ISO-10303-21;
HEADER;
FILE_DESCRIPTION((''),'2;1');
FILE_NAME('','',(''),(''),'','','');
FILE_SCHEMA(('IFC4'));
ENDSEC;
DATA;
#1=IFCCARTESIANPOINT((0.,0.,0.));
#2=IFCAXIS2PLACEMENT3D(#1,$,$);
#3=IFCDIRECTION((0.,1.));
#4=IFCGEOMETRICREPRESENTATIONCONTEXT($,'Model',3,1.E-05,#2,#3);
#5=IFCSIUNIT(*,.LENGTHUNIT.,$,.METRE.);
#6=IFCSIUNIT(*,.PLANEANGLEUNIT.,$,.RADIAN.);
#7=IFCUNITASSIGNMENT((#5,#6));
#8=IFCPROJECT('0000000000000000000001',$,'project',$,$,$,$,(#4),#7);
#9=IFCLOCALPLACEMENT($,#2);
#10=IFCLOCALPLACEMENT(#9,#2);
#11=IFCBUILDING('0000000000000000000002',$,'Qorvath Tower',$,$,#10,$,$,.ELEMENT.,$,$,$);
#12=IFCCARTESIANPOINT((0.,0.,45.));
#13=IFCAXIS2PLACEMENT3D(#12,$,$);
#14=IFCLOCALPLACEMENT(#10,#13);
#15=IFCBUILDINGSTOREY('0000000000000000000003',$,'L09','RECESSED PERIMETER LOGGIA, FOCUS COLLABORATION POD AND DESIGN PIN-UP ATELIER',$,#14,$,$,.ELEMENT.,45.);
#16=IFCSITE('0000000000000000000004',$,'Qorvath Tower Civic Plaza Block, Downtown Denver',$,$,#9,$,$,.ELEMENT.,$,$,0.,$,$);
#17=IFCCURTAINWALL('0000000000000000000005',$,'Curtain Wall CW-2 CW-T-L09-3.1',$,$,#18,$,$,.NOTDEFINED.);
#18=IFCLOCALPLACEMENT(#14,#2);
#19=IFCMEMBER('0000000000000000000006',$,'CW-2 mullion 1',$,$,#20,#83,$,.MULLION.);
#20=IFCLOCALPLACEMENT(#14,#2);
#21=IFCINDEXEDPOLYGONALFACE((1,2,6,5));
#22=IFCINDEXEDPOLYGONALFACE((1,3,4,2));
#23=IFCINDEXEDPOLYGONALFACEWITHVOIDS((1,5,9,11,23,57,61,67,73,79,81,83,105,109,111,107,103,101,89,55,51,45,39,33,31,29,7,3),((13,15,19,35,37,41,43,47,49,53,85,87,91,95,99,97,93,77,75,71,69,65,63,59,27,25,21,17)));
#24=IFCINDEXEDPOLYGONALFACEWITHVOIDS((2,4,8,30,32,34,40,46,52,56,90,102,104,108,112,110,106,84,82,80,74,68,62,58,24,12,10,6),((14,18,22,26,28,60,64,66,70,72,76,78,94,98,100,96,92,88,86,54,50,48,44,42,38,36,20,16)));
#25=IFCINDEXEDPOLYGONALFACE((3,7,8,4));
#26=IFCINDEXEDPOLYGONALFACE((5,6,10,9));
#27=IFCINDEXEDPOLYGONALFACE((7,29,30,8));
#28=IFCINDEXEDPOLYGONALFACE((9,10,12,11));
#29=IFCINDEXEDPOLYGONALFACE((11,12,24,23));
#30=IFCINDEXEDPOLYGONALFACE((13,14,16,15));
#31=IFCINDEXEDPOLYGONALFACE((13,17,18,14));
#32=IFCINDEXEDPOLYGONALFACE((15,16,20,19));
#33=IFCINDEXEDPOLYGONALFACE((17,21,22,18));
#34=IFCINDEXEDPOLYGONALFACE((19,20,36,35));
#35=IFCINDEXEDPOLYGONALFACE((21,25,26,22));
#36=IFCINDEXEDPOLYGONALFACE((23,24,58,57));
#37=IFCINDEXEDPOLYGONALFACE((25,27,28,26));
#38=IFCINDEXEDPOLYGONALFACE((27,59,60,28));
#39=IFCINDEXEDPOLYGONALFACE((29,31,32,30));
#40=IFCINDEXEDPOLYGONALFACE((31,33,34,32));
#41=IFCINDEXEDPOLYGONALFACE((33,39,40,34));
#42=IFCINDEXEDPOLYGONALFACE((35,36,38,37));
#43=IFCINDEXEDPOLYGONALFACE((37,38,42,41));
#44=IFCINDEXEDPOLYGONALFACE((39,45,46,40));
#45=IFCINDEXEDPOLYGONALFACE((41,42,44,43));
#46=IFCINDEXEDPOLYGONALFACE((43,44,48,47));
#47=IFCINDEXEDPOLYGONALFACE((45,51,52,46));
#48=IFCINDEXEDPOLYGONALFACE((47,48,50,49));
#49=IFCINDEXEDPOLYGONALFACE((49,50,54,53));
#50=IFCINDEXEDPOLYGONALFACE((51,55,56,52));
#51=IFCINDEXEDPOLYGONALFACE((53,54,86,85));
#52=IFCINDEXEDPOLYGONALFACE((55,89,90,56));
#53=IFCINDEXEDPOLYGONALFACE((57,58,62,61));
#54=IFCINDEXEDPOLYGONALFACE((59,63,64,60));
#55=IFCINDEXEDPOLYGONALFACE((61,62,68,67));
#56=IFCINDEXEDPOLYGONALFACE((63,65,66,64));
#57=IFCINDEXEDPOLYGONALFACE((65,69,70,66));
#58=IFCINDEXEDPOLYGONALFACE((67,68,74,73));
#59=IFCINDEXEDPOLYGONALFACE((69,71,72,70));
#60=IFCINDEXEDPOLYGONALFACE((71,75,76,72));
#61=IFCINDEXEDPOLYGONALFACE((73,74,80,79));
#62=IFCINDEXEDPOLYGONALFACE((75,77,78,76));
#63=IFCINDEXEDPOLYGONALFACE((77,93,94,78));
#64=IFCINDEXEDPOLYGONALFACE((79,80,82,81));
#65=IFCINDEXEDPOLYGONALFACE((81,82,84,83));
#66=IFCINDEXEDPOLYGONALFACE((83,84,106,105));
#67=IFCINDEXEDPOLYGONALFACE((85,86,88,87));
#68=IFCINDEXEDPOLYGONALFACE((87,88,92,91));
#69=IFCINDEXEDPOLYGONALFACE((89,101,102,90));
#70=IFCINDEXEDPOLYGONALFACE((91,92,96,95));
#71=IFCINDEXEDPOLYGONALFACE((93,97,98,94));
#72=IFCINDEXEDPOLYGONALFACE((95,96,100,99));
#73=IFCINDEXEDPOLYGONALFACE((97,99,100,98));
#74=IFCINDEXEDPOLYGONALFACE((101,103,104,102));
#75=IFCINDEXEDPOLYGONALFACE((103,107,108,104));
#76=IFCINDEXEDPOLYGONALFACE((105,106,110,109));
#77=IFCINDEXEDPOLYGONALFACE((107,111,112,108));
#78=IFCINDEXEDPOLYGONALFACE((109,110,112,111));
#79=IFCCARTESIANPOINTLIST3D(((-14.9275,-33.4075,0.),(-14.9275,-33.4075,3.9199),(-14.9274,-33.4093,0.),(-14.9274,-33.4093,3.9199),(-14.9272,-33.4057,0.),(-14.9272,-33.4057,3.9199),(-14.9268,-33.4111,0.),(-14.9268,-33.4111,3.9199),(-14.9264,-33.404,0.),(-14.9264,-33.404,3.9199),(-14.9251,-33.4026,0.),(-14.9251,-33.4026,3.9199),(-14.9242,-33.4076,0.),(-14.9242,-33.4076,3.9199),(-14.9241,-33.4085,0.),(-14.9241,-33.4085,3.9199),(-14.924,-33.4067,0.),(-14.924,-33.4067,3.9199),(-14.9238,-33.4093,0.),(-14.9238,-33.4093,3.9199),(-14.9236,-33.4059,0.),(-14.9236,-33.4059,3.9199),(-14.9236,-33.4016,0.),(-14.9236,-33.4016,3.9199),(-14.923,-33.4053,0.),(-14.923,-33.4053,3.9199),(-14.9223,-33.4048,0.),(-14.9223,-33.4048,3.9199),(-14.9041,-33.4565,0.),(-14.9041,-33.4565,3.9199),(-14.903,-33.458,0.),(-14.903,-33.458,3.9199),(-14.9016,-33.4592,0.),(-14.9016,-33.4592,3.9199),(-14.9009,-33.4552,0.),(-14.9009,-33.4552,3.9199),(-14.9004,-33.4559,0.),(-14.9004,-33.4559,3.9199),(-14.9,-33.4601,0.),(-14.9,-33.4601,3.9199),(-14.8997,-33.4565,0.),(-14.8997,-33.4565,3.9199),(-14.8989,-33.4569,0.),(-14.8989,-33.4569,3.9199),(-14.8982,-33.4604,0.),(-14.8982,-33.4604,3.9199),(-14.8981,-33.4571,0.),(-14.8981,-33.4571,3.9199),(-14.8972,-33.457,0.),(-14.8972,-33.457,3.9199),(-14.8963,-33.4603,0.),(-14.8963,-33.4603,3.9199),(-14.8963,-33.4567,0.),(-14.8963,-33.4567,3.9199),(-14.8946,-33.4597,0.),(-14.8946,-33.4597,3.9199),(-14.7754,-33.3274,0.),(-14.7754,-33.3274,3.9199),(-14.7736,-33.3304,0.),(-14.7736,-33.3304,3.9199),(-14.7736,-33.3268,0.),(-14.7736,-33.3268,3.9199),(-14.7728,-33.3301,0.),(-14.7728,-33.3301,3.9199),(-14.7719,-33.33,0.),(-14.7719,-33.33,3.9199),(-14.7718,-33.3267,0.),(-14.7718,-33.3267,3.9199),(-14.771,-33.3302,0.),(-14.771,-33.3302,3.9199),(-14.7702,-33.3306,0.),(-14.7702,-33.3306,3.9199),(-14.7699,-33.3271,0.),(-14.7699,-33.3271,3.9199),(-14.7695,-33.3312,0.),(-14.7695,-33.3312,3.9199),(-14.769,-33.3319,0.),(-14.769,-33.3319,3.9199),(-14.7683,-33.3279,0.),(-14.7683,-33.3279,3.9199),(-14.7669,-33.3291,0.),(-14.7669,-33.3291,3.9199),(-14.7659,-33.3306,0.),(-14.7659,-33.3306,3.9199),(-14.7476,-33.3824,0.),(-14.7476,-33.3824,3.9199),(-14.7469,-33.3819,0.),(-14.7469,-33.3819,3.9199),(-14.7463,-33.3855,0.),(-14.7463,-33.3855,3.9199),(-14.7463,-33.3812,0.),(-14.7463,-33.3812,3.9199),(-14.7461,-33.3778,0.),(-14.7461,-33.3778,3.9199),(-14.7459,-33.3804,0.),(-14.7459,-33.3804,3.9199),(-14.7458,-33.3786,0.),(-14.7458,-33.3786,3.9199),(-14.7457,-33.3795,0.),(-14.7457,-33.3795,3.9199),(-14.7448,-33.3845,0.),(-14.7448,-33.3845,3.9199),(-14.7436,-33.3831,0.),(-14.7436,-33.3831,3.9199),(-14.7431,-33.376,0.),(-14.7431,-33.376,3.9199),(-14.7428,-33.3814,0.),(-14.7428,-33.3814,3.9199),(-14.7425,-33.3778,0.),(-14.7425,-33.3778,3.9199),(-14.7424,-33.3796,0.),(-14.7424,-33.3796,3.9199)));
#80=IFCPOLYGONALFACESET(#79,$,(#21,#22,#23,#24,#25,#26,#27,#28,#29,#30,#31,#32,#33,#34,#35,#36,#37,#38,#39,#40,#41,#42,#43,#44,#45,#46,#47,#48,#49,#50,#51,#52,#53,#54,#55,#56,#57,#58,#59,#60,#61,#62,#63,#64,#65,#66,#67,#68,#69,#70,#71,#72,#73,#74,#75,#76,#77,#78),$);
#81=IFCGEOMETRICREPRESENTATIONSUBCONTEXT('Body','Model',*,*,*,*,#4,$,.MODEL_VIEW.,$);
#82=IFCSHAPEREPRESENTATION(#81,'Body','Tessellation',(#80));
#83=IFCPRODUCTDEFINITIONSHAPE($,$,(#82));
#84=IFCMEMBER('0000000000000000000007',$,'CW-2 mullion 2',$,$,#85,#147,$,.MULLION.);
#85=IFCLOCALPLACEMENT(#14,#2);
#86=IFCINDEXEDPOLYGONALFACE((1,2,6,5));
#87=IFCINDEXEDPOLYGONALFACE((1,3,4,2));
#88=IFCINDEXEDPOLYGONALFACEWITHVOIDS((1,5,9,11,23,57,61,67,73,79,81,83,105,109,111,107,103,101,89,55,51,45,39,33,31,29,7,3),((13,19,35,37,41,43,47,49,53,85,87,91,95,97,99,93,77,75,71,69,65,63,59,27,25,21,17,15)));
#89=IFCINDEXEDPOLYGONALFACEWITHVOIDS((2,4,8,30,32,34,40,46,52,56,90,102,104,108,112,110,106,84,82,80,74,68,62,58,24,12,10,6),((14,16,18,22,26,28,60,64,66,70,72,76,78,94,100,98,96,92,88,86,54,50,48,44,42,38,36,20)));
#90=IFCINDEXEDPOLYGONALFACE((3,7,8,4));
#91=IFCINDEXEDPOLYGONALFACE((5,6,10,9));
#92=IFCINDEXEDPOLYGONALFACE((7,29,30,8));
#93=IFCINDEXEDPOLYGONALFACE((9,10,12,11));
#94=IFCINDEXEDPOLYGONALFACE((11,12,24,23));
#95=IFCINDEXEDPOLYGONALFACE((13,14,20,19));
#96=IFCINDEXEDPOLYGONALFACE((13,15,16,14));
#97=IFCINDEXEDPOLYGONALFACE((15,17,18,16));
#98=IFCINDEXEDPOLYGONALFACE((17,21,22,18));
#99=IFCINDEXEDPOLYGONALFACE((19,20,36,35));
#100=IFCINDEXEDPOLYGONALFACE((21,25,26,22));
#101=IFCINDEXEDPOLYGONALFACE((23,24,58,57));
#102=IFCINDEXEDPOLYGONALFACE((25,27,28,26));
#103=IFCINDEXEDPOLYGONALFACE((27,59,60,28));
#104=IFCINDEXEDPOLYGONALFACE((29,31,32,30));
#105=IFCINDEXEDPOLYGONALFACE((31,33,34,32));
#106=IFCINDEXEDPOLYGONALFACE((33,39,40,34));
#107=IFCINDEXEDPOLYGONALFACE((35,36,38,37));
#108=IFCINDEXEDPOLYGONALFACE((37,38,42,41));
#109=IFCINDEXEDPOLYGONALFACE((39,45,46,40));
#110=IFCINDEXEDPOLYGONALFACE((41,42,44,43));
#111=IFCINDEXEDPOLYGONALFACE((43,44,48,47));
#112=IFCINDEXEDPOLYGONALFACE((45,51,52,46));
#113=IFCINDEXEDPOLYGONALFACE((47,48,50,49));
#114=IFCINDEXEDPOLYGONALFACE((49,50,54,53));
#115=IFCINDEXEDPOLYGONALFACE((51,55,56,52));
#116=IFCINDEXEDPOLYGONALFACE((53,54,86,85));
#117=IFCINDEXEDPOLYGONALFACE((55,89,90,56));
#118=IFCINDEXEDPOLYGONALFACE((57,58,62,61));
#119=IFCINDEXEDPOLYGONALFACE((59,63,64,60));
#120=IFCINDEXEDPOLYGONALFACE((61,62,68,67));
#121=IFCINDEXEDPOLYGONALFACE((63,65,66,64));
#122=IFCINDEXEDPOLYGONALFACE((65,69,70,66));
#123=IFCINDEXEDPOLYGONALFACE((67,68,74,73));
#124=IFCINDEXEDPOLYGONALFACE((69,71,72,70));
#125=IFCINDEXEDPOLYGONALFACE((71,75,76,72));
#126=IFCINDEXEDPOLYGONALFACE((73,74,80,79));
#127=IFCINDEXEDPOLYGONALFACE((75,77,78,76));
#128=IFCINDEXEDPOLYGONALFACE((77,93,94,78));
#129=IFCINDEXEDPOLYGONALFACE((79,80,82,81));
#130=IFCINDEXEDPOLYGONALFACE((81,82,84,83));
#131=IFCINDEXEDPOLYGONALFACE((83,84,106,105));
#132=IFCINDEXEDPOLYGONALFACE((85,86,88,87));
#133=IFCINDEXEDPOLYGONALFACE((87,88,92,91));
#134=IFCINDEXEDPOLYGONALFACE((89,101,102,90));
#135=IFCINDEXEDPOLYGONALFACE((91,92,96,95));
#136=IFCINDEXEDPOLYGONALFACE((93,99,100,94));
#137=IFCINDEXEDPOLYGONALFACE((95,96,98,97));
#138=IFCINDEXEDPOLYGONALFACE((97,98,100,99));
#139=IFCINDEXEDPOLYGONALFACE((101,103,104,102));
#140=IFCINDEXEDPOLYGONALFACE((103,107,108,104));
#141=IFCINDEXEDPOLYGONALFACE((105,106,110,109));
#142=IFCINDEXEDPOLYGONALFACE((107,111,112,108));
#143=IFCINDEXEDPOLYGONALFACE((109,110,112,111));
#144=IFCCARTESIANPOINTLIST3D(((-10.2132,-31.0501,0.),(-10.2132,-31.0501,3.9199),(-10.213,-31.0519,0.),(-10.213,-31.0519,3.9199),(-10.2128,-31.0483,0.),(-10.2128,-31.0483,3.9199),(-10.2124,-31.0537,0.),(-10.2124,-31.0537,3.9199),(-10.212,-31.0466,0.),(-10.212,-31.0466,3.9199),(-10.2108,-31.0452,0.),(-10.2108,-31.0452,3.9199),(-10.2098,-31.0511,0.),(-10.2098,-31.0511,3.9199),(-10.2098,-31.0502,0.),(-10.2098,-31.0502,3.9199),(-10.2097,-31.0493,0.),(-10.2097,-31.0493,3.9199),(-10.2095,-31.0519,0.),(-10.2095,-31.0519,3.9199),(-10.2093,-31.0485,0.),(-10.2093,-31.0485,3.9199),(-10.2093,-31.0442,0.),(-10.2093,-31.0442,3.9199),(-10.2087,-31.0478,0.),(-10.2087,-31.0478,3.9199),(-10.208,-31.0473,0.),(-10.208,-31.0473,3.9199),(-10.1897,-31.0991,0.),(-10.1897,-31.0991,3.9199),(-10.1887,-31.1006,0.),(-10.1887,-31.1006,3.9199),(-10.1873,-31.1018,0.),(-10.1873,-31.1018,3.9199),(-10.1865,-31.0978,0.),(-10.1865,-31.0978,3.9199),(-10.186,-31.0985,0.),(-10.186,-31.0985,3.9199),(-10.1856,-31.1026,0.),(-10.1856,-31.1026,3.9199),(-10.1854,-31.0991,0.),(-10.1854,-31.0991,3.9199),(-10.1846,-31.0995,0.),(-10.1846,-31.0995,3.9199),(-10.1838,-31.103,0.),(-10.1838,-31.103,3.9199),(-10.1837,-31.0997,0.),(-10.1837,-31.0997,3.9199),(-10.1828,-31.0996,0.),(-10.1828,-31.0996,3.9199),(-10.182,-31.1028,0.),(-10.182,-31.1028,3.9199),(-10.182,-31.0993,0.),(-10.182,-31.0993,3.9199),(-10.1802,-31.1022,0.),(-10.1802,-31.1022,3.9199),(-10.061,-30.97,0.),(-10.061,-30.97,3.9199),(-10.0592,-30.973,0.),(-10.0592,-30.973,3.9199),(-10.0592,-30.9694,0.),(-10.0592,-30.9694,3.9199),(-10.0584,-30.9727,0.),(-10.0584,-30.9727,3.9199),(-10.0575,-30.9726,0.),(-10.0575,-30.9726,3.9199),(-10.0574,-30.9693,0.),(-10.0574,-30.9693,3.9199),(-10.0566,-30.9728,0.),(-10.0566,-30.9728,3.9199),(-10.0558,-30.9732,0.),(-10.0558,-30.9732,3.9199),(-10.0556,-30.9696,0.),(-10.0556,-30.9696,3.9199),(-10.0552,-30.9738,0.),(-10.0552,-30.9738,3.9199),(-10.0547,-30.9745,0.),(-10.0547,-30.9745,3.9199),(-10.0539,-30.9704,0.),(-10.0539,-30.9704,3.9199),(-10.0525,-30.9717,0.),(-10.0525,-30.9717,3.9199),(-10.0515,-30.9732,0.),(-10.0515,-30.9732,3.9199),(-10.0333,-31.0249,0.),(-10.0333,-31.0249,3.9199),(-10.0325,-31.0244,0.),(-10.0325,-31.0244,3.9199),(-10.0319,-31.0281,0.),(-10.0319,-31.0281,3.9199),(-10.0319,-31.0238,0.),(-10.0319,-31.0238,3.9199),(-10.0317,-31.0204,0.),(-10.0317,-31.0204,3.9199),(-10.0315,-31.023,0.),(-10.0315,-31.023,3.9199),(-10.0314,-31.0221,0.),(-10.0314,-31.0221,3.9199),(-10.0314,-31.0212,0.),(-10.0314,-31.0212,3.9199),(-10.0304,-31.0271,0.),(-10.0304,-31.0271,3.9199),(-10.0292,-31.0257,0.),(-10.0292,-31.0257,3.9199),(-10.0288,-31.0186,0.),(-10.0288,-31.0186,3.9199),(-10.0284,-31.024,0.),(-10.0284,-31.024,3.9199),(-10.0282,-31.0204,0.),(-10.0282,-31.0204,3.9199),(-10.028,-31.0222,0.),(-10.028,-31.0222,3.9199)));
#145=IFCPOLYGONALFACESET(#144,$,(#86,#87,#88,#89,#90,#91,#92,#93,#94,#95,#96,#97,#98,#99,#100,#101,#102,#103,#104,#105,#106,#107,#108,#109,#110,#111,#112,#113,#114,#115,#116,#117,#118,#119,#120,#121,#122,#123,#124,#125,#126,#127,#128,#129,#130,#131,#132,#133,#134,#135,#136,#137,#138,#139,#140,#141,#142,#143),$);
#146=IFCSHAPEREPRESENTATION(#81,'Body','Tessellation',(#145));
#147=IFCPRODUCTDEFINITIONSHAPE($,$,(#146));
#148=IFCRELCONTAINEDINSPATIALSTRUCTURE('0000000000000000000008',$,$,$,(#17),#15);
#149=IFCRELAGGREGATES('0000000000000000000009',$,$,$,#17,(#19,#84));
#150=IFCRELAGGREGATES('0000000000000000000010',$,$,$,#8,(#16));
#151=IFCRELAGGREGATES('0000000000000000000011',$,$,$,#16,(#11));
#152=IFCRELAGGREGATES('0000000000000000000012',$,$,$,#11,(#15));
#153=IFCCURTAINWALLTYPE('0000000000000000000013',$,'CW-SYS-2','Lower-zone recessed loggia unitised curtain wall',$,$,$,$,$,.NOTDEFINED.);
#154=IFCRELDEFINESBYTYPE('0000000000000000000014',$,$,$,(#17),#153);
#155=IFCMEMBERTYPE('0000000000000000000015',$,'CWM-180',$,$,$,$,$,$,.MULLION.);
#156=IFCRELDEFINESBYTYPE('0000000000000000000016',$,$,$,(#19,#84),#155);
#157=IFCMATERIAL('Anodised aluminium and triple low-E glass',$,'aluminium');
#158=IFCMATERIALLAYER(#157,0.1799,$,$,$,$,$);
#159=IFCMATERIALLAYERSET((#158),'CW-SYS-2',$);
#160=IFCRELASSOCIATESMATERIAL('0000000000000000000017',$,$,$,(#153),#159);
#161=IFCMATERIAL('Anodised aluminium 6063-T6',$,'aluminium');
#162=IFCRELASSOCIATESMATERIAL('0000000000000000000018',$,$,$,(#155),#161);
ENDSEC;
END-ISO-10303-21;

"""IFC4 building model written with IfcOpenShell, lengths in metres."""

from ifc_helpers import new_model, si_unit, direction, frame, origin, origin_2d, place, context, subcontext, project, spatial, hollow_rectangle, extrude, material, layer, layer_set, material_profile, profile_set, type_object, element, aggregate, save


model = new_model("IFC4")

# Units and contexts
model_context = context("Model", 3, precision=1e-05, world=origin(), true_north=direction((0.0, 1.0)))
body_context = subcontext(model_context, "Body", "Model", "MODEL_VIEW")
ifc_project = project(units=[si_unit("LENGTHUNIT", "METRE"), si_unit("PLANEANGLEUNIT", "RADIAN")], contexts=[model_context])

# Site, building, storey
site_placement = place(None, origin())
site = spatial("IfcSite", under=ifc_project, at=site_placement, Name="Qorvath Tower Civic Plaza Block, Downtown Denver", CompositionType="ELEMENT", RefElevation=0.0)
building_placement = place(site_placement, origin())
building = spatial("IfcBuilding", under=site, at=building_placement, Name="Qorvath Tower", CompositionType="ELEMENT")
storey_placement = place(building_placement, frame((0.0, 0.0, 45.0)))
storey = spatial("IfcBuildingStorey", under=building, at=storey_placement, Name="L09", Description="RECESSED PERIMETER LOGGIA, FOCUS COLLABORATION POD AND DESIGN PIN-UP ATELIER", CompositionType="ELEMENT", Elevation=45.0)

# Curtain wall, members
ifc_material_1 = material(Name="Anodised aluminium and triple low-E glass", Category="aluminium")
ifc_layer_1 = layer(ifc_material_1, 0.1799)
ifc_layer_set_1 = layer_set([ifc_layer_1], Name="CW-SYS-2")
curtain_wall_type = type_object("IfcCurtainWallType", Name="CW-SYS-2", Description="Lower-zone recessed loggia unitised curtain wall", PredefinedType="NOTDEFINED", material=ifc_layer_set_1)
ifc_material_2 = material(Name="Anodised aluminium 6063-T6", Category="aluminium")
ifc_material_profile_1 = material_profile(ifc_material_2, hollow_rectangle(XDim=0.0649, YDim=0.1799, WallThickness=0.0034, InnerFilletRadius=0.0034, OuterFilletRadius=0.0071, at=origin_2d()), Name="CWM 180x65")
ifc_profile_set_1 = profile_set([ifc_material_profile_1], Name="Anodised aluminium 6063-T6")
member_type_1 = type_object("IfcMemberType", Name="CWM-180", PredefinedType="MULLION", material=ifc_profile_set_1)
curtain_wall_1_placement = place(storey_placement, origin())
curtain_wall_1 = element("IfcCurtainWall", 1, at=curtain_wall_1_placement, inside=storey, type_object=curtain_wall_type, Name="Curtain Wall CW-2 CW-T-L09-3.1", PredefinedType="NOTDEFINED")
member_1_placement = place(storey_placement, frame((-14.835, -33.3936, 0.0), z_axis=(0.0, 0.0, 1.0), x_axis=(-0.447259, 0.894405, 0.0)))
member_1 = element("IfcMember", 2, at=member_1_placement, type_object=member_type_1, Name="CW-2 mullion 1", PredefinedType="MULLION", context=body_context, shape_type="SweptSolid", body=[
    extrude(hollow_rectangle(XDim=0.0649, YDim=0.1799, WallThickness=0.0034, InnerFilletRadius=0.0034, OuterFilletRadius=0.0071, at=origin_2d()), origin(), (0.0, 0.0, 1.0), 3.9199),
])
member_2_placement = place(storey_placement, frame((-10.1206, -31.0361, 0.0), z_axis=(0.0, 0.0, 1.0), x_axis=(-0.447259, 0.894405, 0.0)))
member_2 = element("IfcMember", 3, at=member_2_placement, type_object=member_type_1, Name="CW-2 mullion 2", PredefinedType="MULLION", context=body_context, shape_type="SweptSolid", body=[
    extrude(hollow_rectangle(XDim=0.0649, YDim=0.1799, WallThickness=0.0034, InnerFilletRadius=0.0034, OuterFilletRadius=0.0071, at=origin_2d()), origin(), (0.0, 0.0, 1.0), 3.9199),
])

aggregate(curtain_wall_1, [member_1, member_2])

save(model, "model.ifc")
